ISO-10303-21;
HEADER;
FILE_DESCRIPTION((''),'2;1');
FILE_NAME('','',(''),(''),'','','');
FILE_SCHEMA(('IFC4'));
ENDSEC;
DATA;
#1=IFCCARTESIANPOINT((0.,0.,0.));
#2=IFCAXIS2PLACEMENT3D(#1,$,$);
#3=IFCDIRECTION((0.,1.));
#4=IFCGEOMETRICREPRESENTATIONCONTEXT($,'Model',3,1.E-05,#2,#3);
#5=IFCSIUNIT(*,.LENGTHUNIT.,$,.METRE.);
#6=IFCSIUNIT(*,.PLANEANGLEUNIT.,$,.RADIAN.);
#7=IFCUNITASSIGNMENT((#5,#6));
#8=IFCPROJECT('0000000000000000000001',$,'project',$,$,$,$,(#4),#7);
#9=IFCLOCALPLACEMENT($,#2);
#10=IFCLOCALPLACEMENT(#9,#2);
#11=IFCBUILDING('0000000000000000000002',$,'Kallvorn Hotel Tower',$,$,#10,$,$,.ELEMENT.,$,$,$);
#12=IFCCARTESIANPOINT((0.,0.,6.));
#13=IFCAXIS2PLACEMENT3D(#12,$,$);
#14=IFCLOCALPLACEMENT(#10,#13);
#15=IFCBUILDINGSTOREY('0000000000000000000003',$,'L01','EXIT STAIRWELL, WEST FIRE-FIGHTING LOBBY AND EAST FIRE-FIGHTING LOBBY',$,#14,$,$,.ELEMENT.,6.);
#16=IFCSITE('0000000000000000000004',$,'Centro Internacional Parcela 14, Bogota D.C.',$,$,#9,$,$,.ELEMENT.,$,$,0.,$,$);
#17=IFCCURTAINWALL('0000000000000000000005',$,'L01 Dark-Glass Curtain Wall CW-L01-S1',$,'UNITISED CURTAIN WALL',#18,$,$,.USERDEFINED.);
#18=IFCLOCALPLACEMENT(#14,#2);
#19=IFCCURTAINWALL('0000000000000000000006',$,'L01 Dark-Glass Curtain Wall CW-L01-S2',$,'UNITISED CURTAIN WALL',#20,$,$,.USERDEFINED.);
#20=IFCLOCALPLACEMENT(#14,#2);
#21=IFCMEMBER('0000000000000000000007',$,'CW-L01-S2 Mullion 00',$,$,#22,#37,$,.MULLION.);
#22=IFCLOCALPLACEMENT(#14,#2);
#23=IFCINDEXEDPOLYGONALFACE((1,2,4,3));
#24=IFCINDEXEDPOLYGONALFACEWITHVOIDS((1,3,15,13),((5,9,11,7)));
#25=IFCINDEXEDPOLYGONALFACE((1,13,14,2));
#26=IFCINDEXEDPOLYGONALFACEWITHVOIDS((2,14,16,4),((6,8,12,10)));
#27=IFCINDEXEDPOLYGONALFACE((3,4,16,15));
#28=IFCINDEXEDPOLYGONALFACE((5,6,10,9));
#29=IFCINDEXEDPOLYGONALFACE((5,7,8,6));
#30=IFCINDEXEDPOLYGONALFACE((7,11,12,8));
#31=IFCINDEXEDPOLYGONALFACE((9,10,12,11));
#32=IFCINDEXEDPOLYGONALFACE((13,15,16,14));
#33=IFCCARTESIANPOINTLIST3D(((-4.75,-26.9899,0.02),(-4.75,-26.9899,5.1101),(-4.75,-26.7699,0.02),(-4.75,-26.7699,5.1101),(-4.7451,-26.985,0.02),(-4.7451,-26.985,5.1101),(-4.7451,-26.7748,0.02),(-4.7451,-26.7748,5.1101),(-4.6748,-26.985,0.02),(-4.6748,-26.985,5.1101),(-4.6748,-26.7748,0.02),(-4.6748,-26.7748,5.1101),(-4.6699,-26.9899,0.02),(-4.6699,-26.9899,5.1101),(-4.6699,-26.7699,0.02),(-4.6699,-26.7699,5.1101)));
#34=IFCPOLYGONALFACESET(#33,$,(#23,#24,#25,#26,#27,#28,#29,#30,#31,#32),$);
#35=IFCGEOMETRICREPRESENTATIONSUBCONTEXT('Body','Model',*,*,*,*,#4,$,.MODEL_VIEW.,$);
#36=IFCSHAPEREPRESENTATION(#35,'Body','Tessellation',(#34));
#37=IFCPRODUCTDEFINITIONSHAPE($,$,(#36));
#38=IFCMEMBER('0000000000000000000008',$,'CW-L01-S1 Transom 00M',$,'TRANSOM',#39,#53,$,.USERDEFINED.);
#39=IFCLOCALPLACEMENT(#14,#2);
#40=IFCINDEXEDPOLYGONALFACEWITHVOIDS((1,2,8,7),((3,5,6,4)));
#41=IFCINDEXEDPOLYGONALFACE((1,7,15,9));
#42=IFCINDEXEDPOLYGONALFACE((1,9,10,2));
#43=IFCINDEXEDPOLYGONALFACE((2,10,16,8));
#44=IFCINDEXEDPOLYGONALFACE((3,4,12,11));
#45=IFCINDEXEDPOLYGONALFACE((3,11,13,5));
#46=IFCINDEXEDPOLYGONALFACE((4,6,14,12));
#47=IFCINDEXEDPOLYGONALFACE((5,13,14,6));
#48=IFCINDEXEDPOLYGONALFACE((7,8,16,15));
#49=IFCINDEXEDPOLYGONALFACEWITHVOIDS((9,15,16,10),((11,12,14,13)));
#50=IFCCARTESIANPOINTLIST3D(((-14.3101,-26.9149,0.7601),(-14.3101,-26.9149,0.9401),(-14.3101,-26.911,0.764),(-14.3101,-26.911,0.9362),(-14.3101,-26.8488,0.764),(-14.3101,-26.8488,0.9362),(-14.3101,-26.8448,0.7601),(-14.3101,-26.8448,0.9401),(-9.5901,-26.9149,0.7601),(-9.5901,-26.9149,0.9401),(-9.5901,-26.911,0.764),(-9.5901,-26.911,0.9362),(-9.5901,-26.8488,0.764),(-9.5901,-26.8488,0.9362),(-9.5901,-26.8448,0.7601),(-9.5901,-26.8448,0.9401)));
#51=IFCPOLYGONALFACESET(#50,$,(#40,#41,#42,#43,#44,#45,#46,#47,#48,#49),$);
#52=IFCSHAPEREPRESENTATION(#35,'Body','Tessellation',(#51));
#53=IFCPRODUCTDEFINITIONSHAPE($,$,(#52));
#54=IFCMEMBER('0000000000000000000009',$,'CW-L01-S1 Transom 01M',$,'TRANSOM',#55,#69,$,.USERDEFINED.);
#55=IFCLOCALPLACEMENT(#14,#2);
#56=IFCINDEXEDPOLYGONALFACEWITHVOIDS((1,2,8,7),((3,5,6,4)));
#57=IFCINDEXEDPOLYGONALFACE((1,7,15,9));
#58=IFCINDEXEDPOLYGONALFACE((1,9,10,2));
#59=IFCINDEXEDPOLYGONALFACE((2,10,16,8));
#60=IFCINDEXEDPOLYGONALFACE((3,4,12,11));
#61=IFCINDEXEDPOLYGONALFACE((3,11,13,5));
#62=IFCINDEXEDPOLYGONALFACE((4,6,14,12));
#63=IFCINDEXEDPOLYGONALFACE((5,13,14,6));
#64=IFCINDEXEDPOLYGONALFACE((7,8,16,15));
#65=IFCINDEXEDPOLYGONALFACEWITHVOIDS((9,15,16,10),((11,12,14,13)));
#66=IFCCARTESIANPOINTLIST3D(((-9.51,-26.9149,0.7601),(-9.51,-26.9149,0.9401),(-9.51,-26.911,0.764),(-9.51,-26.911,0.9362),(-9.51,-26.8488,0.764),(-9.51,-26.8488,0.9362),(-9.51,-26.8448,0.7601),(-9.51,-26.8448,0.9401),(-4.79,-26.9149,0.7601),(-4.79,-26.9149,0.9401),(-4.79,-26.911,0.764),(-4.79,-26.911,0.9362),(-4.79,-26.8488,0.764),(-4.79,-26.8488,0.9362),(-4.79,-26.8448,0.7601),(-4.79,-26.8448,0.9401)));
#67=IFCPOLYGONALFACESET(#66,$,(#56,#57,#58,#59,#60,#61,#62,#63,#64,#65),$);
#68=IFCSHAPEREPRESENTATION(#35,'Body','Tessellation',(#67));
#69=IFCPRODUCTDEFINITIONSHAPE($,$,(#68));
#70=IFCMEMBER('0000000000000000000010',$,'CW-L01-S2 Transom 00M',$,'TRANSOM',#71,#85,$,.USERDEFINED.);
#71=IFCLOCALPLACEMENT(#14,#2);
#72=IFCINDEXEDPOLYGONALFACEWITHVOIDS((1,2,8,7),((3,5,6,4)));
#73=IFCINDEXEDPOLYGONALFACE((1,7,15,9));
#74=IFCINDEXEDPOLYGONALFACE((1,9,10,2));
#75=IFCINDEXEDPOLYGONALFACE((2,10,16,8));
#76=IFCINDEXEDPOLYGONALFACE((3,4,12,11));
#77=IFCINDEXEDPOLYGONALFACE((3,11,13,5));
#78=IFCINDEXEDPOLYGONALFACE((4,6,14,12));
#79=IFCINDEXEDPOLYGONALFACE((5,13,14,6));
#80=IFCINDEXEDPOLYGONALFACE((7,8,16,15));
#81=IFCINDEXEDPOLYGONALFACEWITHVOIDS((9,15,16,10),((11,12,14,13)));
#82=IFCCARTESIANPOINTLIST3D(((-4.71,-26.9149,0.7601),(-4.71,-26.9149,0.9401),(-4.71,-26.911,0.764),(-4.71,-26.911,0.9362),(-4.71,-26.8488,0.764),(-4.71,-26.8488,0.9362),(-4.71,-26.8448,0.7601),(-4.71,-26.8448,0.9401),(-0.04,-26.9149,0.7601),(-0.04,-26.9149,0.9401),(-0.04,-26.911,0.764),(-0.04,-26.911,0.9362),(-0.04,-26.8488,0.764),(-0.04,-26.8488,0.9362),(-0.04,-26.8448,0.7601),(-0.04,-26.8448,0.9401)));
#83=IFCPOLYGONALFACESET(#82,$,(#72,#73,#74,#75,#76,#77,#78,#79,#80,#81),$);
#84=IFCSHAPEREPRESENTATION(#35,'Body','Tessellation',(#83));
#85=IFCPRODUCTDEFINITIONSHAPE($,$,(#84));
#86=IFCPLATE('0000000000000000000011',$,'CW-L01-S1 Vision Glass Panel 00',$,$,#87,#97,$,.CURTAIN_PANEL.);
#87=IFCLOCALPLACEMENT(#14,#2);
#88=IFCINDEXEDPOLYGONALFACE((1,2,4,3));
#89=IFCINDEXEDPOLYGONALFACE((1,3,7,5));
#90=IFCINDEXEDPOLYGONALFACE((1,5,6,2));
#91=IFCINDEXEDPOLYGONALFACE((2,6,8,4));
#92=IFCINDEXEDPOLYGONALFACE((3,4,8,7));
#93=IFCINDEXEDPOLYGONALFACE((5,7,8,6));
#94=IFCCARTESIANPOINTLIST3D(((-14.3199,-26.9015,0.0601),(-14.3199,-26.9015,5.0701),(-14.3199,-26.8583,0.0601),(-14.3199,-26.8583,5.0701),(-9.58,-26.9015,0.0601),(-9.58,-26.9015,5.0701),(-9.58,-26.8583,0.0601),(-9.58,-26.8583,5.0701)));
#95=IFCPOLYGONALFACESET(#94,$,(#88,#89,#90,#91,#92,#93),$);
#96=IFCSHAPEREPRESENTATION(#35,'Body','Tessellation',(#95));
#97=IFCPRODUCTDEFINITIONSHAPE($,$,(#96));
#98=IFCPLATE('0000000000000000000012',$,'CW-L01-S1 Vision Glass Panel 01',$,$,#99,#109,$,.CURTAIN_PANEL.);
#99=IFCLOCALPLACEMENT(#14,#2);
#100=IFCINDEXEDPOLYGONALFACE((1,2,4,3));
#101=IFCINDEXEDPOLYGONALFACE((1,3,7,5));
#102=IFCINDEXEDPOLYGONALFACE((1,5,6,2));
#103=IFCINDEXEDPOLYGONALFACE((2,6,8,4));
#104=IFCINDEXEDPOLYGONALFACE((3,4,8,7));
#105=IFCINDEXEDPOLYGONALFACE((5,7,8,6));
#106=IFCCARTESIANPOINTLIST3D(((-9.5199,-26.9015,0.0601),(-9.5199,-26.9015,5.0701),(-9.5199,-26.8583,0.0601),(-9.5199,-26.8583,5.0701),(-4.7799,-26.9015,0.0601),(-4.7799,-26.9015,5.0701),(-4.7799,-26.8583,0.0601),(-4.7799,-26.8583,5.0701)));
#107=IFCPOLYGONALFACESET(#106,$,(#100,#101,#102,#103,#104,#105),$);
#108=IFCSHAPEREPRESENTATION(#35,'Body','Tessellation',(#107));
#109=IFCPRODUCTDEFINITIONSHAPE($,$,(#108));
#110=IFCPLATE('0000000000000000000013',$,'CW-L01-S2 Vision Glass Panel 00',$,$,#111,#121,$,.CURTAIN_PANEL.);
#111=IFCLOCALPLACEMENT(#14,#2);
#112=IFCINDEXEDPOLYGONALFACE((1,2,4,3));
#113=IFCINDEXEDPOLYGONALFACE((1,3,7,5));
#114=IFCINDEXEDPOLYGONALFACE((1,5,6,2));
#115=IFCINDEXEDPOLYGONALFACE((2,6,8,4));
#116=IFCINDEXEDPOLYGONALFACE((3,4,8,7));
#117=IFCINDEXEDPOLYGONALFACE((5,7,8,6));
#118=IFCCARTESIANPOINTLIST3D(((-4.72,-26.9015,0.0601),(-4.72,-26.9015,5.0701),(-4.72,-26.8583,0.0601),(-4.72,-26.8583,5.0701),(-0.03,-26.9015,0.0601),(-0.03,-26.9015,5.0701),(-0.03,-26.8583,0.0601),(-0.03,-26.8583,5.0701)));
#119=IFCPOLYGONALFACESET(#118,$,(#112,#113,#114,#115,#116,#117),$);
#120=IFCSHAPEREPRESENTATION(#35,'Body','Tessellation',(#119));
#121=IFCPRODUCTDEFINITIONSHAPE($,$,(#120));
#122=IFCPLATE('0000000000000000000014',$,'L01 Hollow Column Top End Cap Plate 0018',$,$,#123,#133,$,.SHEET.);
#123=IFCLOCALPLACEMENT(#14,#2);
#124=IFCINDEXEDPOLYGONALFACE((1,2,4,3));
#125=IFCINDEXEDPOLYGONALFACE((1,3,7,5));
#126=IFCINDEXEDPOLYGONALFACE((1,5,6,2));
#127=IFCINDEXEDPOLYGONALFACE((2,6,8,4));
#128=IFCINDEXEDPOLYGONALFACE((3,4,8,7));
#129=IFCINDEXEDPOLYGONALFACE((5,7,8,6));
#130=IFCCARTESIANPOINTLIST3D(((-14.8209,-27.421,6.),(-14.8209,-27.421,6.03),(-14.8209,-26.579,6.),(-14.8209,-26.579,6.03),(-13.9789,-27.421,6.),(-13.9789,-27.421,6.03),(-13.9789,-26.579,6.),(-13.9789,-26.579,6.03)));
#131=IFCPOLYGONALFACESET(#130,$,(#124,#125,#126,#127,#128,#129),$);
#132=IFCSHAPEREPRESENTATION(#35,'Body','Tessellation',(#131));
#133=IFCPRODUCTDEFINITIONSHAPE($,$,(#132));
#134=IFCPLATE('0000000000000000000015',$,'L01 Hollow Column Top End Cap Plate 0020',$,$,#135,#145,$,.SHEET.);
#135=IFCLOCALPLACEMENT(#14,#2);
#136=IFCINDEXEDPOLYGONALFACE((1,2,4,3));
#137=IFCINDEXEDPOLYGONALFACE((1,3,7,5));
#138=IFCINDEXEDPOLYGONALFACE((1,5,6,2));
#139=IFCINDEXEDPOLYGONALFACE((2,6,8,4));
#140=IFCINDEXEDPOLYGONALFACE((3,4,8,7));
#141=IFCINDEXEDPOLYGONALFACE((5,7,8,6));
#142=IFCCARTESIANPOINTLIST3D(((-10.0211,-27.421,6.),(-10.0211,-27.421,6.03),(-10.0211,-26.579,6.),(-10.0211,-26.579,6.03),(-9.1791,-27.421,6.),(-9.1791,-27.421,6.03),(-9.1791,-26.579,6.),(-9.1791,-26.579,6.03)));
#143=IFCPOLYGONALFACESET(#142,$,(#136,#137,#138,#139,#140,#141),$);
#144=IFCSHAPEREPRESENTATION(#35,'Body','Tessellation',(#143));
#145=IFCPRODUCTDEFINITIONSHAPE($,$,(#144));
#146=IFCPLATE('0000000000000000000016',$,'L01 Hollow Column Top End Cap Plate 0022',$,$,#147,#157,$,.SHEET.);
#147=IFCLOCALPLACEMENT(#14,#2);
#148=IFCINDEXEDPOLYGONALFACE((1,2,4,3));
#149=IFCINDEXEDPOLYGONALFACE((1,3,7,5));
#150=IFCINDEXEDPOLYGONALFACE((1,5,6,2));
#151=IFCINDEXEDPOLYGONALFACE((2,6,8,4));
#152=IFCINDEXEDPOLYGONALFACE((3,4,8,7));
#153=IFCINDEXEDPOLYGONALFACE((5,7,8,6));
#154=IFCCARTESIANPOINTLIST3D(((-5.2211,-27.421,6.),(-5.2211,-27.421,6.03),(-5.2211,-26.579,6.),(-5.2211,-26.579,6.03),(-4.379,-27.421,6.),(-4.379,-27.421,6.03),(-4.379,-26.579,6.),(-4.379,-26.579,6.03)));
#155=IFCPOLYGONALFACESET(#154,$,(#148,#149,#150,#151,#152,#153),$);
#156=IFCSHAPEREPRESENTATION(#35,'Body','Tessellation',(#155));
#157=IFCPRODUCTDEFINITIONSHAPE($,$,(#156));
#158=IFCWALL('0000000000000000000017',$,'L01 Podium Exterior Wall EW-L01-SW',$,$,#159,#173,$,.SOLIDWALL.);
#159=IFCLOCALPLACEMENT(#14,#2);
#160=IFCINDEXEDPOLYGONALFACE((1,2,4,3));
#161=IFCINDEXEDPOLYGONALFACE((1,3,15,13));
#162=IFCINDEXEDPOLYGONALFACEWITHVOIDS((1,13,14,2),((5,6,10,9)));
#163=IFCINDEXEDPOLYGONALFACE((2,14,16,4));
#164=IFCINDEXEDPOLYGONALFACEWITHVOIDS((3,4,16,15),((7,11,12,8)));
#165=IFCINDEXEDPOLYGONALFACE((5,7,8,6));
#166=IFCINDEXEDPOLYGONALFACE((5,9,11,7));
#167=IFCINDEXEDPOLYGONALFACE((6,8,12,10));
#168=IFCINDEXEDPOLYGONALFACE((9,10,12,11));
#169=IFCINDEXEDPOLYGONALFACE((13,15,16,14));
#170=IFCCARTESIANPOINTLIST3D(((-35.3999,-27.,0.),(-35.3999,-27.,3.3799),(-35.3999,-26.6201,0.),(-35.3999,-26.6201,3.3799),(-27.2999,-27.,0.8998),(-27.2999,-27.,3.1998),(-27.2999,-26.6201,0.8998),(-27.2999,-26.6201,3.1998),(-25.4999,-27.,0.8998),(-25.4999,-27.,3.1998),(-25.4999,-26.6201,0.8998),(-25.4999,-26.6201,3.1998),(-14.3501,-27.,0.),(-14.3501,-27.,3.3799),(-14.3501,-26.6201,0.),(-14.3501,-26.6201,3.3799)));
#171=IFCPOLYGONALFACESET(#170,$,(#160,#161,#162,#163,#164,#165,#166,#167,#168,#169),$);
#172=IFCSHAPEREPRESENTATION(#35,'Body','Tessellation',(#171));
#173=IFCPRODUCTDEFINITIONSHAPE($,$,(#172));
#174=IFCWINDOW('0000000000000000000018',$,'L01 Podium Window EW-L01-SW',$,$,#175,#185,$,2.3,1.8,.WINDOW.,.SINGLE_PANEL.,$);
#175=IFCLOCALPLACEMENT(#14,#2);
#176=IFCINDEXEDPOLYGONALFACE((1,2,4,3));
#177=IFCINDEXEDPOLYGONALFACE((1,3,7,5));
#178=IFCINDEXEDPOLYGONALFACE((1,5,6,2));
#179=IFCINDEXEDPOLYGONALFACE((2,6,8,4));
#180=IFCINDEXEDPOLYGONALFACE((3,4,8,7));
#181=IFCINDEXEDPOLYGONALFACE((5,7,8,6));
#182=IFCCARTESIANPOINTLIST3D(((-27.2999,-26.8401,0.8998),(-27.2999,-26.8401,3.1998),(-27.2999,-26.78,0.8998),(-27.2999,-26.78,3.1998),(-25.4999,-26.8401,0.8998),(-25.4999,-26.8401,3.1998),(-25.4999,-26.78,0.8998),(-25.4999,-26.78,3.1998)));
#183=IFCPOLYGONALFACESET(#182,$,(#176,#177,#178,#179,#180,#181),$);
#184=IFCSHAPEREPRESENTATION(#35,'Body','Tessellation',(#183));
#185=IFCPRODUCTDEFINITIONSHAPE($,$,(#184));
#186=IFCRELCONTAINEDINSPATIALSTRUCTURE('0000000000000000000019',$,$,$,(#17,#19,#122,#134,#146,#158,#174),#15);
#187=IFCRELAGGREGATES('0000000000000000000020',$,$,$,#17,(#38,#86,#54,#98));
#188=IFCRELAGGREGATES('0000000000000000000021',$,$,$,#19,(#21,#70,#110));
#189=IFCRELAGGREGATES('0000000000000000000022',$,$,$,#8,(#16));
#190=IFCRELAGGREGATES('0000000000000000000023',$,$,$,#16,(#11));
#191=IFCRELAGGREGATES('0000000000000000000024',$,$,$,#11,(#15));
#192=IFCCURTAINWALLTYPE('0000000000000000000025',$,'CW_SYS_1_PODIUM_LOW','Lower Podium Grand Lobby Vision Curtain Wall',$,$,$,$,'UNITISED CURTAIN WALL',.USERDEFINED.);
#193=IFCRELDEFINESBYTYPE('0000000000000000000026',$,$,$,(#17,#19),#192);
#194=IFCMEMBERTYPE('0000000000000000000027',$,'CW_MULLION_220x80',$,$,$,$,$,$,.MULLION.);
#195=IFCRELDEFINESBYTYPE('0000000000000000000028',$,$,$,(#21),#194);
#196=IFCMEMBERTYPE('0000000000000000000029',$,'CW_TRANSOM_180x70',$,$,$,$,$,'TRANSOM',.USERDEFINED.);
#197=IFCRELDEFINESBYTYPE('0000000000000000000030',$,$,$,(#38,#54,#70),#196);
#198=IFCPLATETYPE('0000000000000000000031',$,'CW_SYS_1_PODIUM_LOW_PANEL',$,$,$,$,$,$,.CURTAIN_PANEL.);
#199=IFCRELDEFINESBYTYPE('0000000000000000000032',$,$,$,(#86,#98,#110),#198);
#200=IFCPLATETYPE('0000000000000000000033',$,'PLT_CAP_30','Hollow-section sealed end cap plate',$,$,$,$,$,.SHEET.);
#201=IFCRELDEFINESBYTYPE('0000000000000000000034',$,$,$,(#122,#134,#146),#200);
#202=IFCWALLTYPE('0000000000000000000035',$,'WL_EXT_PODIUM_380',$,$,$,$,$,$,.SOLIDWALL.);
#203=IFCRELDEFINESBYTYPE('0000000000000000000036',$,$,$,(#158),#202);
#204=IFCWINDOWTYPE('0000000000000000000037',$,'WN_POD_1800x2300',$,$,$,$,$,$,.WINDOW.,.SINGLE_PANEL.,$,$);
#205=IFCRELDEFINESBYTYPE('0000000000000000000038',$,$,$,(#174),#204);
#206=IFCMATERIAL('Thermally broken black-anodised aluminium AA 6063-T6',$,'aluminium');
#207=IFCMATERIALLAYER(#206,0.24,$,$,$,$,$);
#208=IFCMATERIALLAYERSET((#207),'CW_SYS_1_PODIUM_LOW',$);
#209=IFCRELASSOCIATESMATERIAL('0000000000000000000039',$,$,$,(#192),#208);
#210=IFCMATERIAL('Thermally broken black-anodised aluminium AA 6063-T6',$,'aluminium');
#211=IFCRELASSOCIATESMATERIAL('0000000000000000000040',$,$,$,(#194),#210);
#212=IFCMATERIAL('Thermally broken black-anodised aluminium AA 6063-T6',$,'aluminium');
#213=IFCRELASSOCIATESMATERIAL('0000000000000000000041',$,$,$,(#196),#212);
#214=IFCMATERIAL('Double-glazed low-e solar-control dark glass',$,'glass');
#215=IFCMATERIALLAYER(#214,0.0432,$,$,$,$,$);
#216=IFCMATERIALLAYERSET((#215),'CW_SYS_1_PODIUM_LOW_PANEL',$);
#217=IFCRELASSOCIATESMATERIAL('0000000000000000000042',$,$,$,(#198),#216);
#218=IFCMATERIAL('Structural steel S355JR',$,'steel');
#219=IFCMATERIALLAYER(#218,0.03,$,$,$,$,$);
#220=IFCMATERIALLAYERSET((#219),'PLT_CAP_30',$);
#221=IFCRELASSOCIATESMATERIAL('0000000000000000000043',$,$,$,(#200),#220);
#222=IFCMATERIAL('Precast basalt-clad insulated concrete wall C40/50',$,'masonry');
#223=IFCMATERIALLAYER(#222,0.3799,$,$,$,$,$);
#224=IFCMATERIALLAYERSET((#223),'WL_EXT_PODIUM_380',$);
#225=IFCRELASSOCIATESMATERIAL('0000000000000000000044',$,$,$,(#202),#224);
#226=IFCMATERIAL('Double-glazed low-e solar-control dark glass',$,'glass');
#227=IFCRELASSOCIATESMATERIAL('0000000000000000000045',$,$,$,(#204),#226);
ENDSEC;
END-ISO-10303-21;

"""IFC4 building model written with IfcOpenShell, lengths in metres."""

from ifc_helpers import new_model, si_unit, direction, frame, frame_2d, origin, origin_2d, place, context, subcontext, project, spatial, rectangle, hollow_rectangle, extrude, material, layer, layer_set, material_profile, profile_set, type_object, element, fill, aggregate, save


model = new_model("IFC4")

# Units and contexts
model_context = context("Model", 3, precision=1e-05, world=origin(), true_north=direction((0.0, 1.0)))
body_context = subcontext(model_context, "Body", "Model", "MODEL_VIEW")
ifc_project = project(units=[si_unit("LENGTHUNIT", "METRE"), si_unit("PLANEANGLEUNIT", "RADIAN")], contexts=[model_context])

# Site, building, storey
site_placement = place(None, origin())
site = spatial("IfcSite", under=ifc_project, at=site_placement, Name="Centro Internacional Parcela 14, Bogota D.C.", CompositionType="ELEMENT", RefElevation=0.0)
building_placement = place(site_placement, origin())
building = spatial("IfcBuilding", under=site, at=building_placement, Name="Kallvorn Hotel Tower", CompositionType="ELEMENT")
storey_placement = place(building_placement, frame((0.0, 0.0, 6.0)))
storey = spatial("IfcBuildingStorey", under=building, at=storey_placement, Name="L01", Description="EXIT STAIRWELL, WEST FIRE-FIGHTING LOBBY AND EAST FIRE-FIGHTING LOBBY", CompositionType="ELEMENT", Elevation=6.0)

# Curtain wall
ifc_material_1 = material(Name="Thermally broken black-anodised aluminium AA 6063-T6", Category="aluminium")
ifc_layer_1 = layer(ifc_material_1, 0.24)
ifc_layer_set_1 = layer_set([ifc_layer_1], Name="CW_SYS_1_PODIUM_LOW")
curtain_wall_type = type_object("IfcCurtainWallType", Name="CW_SYS_1_PODIUM_LOW", Description="Lower Podium Grand Lobby Vision Curtain Wall", ElementType="UNITISED CURTAIN WALL", PredefinedType="USERDEFINED", material=ifc_layer_set_1)
curtain_wall_1_placement = place(storey_placement, origin())
curtain_wall_1 = element("IfcCurtainWall", 1, at=curtain_wall_1_placement, inside=storey, type_object=curtain_wall_type, Name="L01 Dark-Glass Curtain Wall CW-L01-S1", ObjectType="UNITISED CURTAIN WALL", PredefinedType="USERDEFINED")
ifc_material_2 = material(Name="Thermally broken black-anodised aluminium AA 6063-T6", Category="aluminium")
ifc_material_profile_1 = material_profile(ifc_material_2, hollow_rectangle(XDim=0.0801, YDim=0.22, WallThickness=0.0049, at=origin_2d()), Name="MUL 220x80")
ifc_profile_set_1 = profile_set([ifc_material_profile_1], Name="Thermally broken black-anodised aluminium AA 6063-T6")
member_type_1 = type_object("IfcMemberType", Name="CW_MULLION_220x80", PredefinedType="MULLION", material=ifc_profile_set_1)

# Curtain wall, member
curtain_wall_2_placement = place(storey_placement, origin())
curtain_wall_2 = element("IfcCurtainWall", 2, at=curtain_wall_2_placement, inside=storey, type_object=curtain_wall_type, Name="L01 Dark-Glass Curtain Wall CW-L01-S2", ObjectType="UNITISED CURTAIN WALL", PredefinedType="USERDEFINED")
member_1_placement = place(storey_placement, frame((-4.71, -26.8799, 0.02), z_axis=(0.0, 0.0, 1.0), x_axis=(1.0, 0.0, 0.0)))
member_1 = element("IfcMember", 3, at=member_1_placement, type_object=member_type_1, Name="CW-L01-S2 Mullion 00", PredefinedType="MULLION", context=body_context, shape_type="SweptSolid", body=[
    extrude(hollow_rectangle(XDim=0.0801, YDim=0.22, WallThickness=0.0049, at=origin_2d()), origin(), (0.0, 0.0, 1.0), 5.0901),
])

# Members
ifc_material_3 = material(Name="Thermally broken black-anodised aluminium AA 6063-T6", Category="aluminium")
ifc_material_profile_2 = material_profile(ifc_material_3, hollow_rectangle(XDim=0.0701, YDim=0.1799, WallThickness=0.0039, at=origin_2d()), Name="TRN 180x70")
ifc_profile_set_2 = profile_set([ifc_material_profile_2], Name="Thermally broken black-anodised aluminium AA 6063-T6")
member_type_2 = type_object("IfcMemberType", Name="CW_TRANSOM_180x70", ElementType="TRANSOM", PredefinedType="USERDEFINED", material=ifc_profile_set_2)
member_2_placement = place(storey_placement, frame((-14.3101, -26.8799, 0.8501), z_axis=(1.0, 0.0, 0.0), x_axis=(0.0, 1.0, 0.0)))
member_2 = element("IfcMember", 4, at=member_2_placement, type_object=member_type_2, Name="CW-L01-S1 Transom 00M", ObjectType="TRANSOM", PredefinedType="USERDEFINED", context=body_context, shape_type="SweptSolid", body=[
    extrude(hollow_rectangle(XDim=0.0701, YDim=0.1799, WallThickness=0.0039, at=origin_2d()), origin(), (0.0, 0.0, 1.0), 4.72),
])
member_3_placement = place(storey_placement, frame((-9.51, -26.8799, 0.8501), z_axis=(1.0, 0.0, 0.0), x_axis=(0.0, 1.0, 0.0)))
member_3 = element("IfcMember", 5, at=member_3_placement, type_object=member_type_2, Name="CW-L01-S1 Transom 01M", ObjectType="TRANSOM", PredefinedType="USERDEFINED", context=body_context, shape_type="SweptSolid", body=[
    extrude(hollow_rectangle(XDim=0.0701, YDim=0.1799, WallThickness=0.0039, at=origin_2d()), origin(), (0.0, 0.0, 1.0), 4.72),
])
member_4_placement = place(storey_placement, frame((-4.71, -26.8799, 0.8501), z_axis=(1.0, 0.0, 0.0), x_axis=(0.0, 1.0, 0.0)))
member_4 = element("IfcMember", 6, at=member_4_placement, type_object=member_type_2, Name="CW-L01-S2 Transom 00M", ObjectType="TRANSOM", PredefinedType="USERDEFINED", context=body_context, shape_type="SweptSolid", body=[
    extrude(hollow_rectangle(XDim=0.0701, YDim=0.1799, WallThickness=0.0039, at=origin_2d()), origin(), (0.0, 0.0, 1.0), 4.6699),
])

# Plates
ifc_material_4 = material(Name="Double-glazed low-e solar-control dark glass", Category="glass")
ifc_layer_2 = layer(ifc_material_4, 0.0432)
ifc_layer_set_2 = layer_set([ifc_layer_2], Name="CW_SYS_1_PODIUM_LOW_PANEL")
plate_type_1 = type_object("IfcPlateType", Name="CW_SYS_1_PODIUM_LOW_PANEL", PredefinedType="CURTAIN_PANEL", material=ifc_layer_set_2)
plate_1_placement = place(storey_placement, frame((-11.95, -26.8799, 0.0601), z_axis=(0.0, 0.0, 1.0), x_axis=(1.0, 0.0, 0.0)))
plate_1 = element("IfcPlate", 7, at=plate_1_placement, type_object=plate_type_1, Name="CW-L01-S1 Vision Glass Panel 00", PredefinedType="CURTAIN_PANEL", context=body_context, shape_type="SweptSolid", body=[
    extrude(rectangle(XDim=4.74, YDim=0.0432, at=origin_2d()), origin(), (0.0, 0.0, 1.0), 5.01),
])
plate_2_placement = place(storey_placement, frame((-7.1499, -26.8799, 0.0601), z_axis=(0.0, 0.0, 1.0), x_axis=(1.0, 0.0, 0.0)))
plate_2 = element("IfcPlate", 8, at=plate_2_placement, type_object=plate_type_1, Name="CW-L01-S1 Vision Glass Panel 01", PredefinedType="CURTAIN_PANEL", context=body_context, shape_type="SweptSolid", body=[
    extrude(rectangle(XDim=4.74, YDim=0.0432, at=origin_2d()), origin(), (0.0, 0.0, 1.0), 5.01),
])
aggregate(curtain_wall_1, [member_2, plate_1, member_3, plate_2])
plate_3_placement = place(storey_placement, frame((-2.375, -26.8799, 0.0601), z_axis=(0.0, 0.0, 1.0), x_axis=(1.0, 0.0, 0.0)))
plate_3 = element("IfcPlate", 9, at=plate_3_placement, type_object=plate_type_1, Name="CW-L01-S2 Vision Glass Panel 00", PredefinedType="CURTAIN_PANEL", context=body_context, shape_type="SweptSolid", body=[
    extrude(rectangle(XDim=4.6899, YDim=0.0432, at=origin_2d()), origin(), (0.0, 0.0, 1.0), 5.01),
])
aggregate(curtain_wall_2, [member_1, member_4, plate_3])

# Plates
ifc_material_5 = material(Name="Structural steel S355JR", Category="steel")
ifc_layer_3 = layer(ifc_material_5, 0.03)
ifc_layer_set_3 = layer_set([ifc_layer_3], Name="PLT_CAP_30")
plate_type_2 = type_object("IfcPlateType", Name="PLT_CAP_30", Description="Hollow-section sealed end cap plate", PredefinedType="SHEET", material=ifc_layer_set_3)
for number, where, z_axis, x_axis, name in (
    (10, (-14.3999, -27.0, 6.0), (0.0, 0.0, 1.0), (1.0, 0.0, 0.0), "L01 Hollow Column Top End Cap Plate 0018"),
    (11, (-9.6001, -27.0, 6.0), (0.0, 0.0, 1.0), (1.0, 0.0, 0.0), "L01 Hollow Column Top End Cap Plate 0020"),
    (12, (-4.8, -27.0, 6.0), (0.0, 0.0, 1.0), (1.0, 0.0, 0.0), "L01 Hollow Column Top End Cap Plate 0022"),
):
    element("IfcPlate", number, at=place(storey_placement, frame(where, z_axis=z_axis, x_axis=x_axis)), inside=storey, type_object=plate_type_2, Name=name, PredefinedType="SHEET", context=body_context, shape_type="SweptSolid", body=[
        extrude(rectangle(XDim=0.842, YDim=0.842, at=origin_2d()), origin(), (0.0, 0.0, 1.0), 0.03),
    ])

# Wall, opening, window
ifc_material_6 = material(Name="Precast basalt-clad insulated concrete wall C40/50", Category="masonry")
ifc_layer_4 = layer(ifc_material_6, 0.3799)
ifc_layer_set_4 = layer_set([ifc_layer_4], Name="WL_EXT_PODIUM_380")
wall_type_1 = type_object("IfcWallType", Name="WL_EXT_PODIUM_380", PredefinedType="SOLIDWALL", material=ifc_layer_set_4)
wall_1_placement = place(storey_placement, frame((-14.3501, -26.8101, 0.0), z_axis=(0.0, 0.0, 1.0), x_axis=(-1.0, 0.0, 0.0)))
wall_1 = element("IfcWall", 13, at=wall_1_placement, inside=storey, type_object=wall_type_1, Name="L01 Podium Exterior Wall EW-L01-SW", PredefinedType="SOLIDWALL", context=body_context, shape_type="SweptSolid", body=[
    extrude(rectangle(XDim=21.0498, YDim=0.3799, at=frame_2d((10.5249, 0.0))), origin(), (0.0, 0.0, 1.0), 3.3799),
])
opening_placement = place(wall_1_placement, frame((11.1499, 0.0, 0.8999)))
opening = element("IfcOpeningElement", 14, at=opening_placement, cuts=wall_1, PredefinedType="OPENING", context=body_context, shape_type="SweptSolid", body=[
    extrude(rectangle(XDim=1.8, YDim=2.3, at=frame_2d((0.8999, 1.1499))), frame((0.0, 0.2048, 0.0), z_axis=(0.0, -1.0, 0.0), x_axis=(1.0, 0.0, 0.0)), (0.0, 0.0, 1.0), 0.4099),
])
ifc_material_7 = material(Name="Double-glazed low-e solar-control dark glass", Category="glass")
window_type = type_object("IfcWindowType", Name="WN_POD_1800x2300", PartitioningType="SINGLE_PANEL", PredefinedType="WINDOW", material=ifc_material_7)
window_placement = place(opening_placement, origin())
window = element("IfcWindow", 15, at=window_placement, inside=storey, type_object=window_type, Name="L01 Podium Window EW-L01-SW", OverallHeight=2.3, OverallWidth=1.8, PartitioningType="SINGLE_PANEL", PredefinedType="WINDOW", context=body_context, shape_type="SweptSolid", body=[
    extrude(rectangle(XDim=1.8, YDim=2.3, at=frame_2d((0.8999, 1.1499))), frame((0.0, 0.03, 0.0), z_axis=(0.0, -1.0, 0.0), x_axis=(1.0, 0.0, 0.0)), (0.0, 0.0, 1.0), 0.0601),
])
fill(opening, window)

save(model, "model.ifc")
